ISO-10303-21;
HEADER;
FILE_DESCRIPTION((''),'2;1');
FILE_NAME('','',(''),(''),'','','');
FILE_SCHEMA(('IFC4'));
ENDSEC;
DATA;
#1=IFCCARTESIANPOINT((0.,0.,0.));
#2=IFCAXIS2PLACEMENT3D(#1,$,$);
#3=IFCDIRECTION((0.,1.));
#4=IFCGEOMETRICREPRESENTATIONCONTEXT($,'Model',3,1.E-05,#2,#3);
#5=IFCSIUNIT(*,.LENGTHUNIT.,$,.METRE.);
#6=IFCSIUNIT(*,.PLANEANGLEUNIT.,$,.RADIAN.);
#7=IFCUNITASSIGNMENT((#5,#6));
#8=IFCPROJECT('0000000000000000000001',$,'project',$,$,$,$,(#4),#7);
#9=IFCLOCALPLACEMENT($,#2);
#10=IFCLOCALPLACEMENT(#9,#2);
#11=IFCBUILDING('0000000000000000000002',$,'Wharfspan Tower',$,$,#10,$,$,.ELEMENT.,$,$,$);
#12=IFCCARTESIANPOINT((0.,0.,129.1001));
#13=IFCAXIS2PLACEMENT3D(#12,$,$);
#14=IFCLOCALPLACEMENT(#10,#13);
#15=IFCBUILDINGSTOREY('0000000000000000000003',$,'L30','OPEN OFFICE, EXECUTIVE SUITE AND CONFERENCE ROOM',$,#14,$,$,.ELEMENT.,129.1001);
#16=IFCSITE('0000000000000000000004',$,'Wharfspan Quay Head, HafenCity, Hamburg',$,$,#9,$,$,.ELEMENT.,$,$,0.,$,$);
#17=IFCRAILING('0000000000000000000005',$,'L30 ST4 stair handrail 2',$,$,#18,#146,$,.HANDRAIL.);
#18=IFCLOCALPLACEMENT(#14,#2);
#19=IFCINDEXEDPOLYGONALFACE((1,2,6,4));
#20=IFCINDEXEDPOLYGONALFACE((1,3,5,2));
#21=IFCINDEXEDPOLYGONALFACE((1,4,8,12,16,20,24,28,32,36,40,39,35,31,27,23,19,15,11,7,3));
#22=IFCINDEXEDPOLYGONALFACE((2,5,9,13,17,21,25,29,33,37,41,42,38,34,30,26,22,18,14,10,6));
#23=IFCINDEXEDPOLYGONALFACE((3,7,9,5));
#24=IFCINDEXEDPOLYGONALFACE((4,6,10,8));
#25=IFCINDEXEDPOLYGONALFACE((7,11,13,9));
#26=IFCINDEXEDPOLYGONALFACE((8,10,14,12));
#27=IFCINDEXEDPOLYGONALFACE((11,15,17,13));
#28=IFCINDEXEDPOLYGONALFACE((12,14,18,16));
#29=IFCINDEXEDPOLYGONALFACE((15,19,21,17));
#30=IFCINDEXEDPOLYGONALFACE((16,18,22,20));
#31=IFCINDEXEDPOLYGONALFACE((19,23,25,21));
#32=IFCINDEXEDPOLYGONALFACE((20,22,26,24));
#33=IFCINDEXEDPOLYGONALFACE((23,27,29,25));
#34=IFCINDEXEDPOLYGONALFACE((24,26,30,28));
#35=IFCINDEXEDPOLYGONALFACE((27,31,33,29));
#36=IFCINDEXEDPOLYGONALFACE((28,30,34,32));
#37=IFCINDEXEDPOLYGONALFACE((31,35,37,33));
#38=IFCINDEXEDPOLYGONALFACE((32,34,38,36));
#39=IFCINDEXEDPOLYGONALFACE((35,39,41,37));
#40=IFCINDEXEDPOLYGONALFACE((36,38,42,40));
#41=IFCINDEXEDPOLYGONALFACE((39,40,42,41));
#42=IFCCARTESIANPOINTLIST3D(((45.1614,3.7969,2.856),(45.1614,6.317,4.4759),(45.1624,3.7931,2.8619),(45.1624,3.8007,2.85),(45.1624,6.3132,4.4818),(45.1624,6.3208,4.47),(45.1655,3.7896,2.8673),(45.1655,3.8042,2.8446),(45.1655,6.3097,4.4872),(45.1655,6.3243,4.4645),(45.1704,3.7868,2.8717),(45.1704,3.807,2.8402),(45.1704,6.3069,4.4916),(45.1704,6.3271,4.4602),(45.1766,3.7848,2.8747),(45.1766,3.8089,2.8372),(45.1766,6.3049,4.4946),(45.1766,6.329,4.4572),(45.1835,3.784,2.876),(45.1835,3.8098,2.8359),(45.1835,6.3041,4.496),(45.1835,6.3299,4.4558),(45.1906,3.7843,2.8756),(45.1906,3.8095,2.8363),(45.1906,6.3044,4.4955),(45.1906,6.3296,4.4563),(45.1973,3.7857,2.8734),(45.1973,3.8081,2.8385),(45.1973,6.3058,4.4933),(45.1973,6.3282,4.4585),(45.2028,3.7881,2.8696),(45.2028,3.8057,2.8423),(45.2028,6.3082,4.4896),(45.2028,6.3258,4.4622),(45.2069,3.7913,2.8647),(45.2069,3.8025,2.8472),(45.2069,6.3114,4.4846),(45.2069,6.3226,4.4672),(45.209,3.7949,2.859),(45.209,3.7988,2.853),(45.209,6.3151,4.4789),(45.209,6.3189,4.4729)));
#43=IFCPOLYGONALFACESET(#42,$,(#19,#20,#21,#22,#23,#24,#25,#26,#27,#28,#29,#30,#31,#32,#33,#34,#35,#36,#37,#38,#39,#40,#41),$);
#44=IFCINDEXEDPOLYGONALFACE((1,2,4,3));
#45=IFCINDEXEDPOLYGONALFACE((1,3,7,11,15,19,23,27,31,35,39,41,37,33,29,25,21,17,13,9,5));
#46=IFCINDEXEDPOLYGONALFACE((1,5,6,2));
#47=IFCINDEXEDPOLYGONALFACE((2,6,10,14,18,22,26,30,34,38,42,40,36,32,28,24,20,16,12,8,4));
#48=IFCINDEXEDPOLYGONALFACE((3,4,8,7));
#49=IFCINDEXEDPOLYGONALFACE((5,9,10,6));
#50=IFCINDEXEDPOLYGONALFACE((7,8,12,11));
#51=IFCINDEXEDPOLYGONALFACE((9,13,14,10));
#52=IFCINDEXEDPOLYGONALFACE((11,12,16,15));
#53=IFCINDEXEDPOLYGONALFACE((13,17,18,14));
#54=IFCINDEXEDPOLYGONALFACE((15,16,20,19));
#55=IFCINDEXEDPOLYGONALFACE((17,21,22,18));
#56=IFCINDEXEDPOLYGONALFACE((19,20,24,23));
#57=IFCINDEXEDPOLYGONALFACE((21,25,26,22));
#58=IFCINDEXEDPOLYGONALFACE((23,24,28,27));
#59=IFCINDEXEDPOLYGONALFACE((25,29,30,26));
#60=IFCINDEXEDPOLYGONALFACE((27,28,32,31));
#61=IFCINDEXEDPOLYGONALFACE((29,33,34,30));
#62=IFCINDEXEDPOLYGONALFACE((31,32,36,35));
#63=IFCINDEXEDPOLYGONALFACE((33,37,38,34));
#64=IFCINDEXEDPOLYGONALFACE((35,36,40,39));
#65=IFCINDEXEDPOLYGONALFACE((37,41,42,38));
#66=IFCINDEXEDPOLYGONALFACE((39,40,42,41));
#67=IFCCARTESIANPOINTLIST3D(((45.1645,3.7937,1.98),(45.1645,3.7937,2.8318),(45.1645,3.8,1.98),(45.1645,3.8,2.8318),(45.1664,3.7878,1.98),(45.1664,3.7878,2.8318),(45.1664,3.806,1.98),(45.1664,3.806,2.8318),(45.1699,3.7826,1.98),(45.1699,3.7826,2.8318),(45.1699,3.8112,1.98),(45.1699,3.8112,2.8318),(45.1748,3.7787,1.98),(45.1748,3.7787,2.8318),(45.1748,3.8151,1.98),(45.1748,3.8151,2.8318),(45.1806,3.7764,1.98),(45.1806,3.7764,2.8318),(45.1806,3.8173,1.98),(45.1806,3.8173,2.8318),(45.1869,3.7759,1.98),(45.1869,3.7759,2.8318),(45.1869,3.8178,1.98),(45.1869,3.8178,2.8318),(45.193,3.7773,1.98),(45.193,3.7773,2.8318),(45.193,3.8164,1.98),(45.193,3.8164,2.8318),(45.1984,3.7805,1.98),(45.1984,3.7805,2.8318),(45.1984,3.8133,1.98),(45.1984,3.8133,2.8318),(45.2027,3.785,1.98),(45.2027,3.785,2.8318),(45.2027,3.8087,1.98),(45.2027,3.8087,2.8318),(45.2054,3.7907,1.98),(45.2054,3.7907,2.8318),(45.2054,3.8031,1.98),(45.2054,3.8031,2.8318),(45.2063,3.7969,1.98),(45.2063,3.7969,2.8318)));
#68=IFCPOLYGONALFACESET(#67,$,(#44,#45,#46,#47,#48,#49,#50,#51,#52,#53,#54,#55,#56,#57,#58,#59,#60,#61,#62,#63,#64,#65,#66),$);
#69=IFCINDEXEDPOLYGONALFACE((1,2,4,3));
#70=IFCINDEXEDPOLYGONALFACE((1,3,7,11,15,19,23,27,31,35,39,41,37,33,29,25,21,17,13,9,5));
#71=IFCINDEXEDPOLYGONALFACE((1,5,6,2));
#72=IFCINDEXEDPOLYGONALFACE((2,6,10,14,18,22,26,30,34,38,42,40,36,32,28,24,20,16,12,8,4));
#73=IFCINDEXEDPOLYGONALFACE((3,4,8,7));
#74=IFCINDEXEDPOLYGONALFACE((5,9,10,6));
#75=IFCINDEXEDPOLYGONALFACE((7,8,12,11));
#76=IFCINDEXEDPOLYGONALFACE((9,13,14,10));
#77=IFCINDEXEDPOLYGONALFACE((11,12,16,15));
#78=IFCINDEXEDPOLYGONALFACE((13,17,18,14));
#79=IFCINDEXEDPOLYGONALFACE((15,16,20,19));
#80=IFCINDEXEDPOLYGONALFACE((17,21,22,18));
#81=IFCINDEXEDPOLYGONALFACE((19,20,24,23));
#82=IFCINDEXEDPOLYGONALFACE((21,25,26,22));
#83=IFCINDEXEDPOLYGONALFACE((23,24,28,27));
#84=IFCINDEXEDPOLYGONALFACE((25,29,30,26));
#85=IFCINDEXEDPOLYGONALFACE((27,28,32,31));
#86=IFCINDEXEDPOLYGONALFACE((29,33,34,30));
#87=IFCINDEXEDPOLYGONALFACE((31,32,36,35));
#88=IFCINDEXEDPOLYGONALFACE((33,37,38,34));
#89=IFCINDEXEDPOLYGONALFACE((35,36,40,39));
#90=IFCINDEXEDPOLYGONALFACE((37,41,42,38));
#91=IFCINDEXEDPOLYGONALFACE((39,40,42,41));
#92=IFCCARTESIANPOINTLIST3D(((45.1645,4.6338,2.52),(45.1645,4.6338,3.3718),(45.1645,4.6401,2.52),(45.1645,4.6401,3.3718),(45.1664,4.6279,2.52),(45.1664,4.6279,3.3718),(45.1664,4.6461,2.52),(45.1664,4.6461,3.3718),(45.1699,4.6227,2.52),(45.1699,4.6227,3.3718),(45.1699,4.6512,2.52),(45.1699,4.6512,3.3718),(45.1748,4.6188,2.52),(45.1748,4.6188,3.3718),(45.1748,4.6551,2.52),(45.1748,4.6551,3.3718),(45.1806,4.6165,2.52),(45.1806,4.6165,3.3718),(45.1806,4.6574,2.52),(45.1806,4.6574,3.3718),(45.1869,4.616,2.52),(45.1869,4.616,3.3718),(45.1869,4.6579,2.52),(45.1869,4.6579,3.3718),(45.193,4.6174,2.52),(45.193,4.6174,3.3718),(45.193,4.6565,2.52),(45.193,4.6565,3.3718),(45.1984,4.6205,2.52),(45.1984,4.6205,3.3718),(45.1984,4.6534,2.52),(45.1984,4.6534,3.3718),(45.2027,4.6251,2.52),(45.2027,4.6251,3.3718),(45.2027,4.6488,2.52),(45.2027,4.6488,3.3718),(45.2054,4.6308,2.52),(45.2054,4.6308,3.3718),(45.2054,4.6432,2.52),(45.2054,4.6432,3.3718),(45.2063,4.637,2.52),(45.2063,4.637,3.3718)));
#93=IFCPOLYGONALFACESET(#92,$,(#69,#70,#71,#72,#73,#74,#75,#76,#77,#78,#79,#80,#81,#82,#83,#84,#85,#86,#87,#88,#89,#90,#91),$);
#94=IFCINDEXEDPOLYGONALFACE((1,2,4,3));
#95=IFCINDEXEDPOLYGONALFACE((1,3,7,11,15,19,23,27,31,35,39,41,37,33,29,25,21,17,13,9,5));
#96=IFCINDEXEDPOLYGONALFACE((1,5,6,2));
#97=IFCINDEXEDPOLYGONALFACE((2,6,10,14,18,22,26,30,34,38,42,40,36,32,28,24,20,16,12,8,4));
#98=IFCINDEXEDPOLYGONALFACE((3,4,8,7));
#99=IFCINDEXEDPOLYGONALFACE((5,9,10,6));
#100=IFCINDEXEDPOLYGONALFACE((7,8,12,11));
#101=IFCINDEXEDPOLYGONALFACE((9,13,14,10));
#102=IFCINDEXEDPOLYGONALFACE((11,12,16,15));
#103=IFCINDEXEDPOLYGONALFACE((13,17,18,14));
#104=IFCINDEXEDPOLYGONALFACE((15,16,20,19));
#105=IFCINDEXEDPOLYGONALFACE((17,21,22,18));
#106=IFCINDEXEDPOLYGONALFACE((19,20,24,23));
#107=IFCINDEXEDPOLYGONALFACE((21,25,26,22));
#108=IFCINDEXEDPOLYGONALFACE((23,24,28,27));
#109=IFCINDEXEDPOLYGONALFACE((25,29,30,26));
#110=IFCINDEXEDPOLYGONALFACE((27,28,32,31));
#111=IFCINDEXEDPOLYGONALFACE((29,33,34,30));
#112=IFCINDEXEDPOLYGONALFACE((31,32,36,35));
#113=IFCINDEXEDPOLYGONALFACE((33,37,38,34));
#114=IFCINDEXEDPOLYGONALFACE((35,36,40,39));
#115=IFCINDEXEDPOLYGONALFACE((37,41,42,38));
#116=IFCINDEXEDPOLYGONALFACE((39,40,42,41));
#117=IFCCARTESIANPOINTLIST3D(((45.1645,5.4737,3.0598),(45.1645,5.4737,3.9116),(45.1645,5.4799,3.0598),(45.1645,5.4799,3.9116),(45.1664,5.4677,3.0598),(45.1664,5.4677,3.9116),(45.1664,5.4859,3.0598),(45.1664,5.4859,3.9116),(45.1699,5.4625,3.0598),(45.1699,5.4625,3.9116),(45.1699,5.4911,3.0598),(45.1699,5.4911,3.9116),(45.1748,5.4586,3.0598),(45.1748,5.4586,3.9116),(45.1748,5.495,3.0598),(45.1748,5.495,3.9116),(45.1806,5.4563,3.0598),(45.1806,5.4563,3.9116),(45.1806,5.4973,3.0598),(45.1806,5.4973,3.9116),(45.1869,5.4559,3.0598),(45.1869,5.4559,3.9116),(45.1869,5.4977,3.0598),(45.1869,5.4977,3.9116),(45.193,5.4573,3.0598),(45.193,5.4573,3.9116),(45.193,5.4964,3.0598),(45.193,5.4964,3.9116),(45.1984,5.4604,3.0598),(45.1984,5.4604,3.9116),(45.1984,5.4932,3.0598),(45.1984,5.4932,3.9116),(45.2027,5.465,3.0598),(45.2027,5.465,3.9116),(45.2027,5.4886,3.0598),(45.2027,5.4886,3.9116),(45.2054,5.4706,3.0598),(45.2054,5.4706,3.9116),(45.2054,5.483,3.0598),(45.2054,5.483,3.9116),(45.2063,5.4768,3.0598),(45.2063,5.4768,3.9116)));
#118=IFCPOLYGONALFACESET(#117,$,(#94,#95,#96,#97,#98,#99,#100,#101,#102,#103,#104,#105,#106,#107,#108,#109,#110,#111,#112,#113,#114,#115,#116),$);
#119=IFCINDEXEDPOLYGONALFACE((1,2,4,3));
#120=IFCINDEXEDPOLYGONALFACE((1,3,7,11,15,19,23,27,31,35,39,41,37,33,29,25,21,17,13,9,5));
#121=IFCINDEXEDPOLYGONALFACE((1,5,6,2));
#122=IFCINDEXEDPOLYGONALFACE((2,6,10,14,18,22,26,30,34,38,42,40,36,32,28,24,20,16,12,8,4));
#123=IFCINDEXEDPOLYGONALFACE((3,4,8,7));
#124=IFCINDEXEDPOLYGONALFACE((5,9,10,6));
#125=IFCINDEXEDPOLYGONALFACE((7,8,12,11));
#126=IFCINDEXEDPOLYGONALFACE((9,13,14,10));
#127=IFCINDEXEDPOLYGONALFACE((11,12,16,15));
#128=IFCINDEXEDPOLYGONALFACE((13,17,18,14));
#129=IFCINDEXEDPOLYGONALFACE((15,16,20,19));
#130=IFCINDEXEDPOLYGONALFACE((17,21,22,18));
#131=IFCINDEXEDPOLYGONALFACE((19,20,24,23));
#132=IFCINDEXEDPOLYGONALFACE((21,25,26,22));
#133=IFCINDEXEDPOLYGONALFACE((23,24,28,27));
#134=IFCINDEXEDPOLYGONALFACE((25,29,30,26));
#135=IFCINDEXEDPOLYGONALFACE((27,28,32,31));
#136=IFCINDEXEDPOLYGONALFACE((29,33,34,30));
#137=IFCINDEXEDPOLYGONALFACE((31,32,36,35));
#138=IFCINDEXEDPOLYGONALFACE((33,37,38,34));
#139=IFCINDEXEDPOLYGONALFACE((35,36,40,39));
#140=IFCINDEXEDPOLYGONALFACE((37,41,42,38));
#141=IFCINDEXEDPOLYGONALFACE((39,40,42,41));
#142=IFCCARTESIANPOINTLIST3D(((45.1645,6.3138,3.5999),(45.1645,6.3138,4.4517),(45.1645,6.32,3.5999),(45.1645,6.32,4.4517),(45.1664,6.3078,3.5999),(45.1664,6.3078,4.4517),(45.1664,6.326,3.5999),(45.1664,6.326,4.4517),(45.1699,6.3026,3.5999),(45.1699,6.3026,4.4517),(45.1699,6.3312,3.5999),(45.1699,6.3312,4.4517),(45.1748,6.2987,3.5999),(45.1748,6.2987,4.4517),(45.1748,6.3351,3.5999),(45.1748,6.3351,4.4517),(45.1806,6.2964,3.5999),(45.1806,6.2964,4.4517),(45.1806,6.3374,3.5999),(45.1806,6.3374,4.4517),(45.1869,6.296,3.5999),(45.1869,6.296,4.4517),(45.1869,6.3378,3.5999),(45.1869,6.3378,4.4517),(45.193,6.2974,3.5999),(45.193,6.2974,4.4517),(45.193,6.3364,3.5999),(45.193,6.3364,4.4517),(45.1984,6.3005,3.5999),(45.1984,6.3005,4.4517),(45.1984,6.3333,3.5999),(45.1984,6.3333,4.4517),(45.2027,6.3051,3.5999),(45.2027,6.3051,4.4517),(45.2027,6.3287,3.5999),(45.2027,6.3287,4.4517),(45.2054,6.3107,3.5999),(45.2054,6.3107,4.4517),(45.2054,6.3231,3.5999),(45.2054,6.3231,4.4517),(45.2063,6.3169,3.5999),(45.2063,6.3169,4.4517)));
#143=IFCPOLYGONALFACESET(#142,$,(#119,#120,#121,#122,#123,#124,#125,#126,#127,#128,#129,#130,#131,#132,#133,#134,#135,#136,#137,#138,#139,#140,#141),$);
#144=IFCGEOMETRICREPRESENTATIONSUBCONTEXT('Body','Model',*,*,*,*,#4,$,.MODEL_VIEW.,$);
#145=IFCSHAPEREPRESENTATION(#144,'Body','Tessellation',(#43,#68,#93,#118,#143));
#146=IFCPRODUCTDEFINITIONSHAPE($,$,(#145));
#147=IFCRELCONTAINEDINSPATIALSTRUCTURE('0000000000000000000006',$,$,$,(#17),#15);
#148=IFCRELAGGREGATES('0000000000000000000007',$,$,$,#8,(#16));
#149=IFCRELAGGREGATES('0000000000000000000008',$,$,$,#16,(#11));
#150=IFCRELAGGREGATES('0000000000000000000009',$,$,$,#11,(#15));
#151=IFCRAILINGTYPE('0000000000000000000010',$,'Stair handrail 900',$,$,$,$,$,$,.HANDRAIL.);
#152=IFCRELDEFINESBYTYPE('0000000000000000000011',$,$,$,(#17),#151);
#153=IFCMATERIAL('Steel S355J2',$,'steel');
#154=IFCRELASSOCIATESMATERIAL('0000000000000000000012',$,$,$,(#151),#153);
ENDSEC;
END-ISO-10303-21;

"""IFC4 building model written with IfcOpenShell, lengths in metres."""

from ifc_helpers import new_model, si_unit, direction, frame, origin, origin_2d, place, context, subcontext, project, spatial, circle, extrude, material, type_object, element, save


model = new_model("IFC4")

# Units and contexts
model_context = context("Model", 3, precision=1e-05, world=origin(), true_north=direction((0.0, 1.0)))
body_context = subcontext(model_context, "Body", "Model", "MODEL_VIEW")
ifc_project = project(units=[si_unit("LENGTHUNIT", "METRE"), si_unit("PLANEANGLEUNIT", "RADIAN")], contexts=[model_context])

# Site, building, storey
site_placement = place(None, origin())
site = spatial("IfcSite", under=ifc_project, at=site_placement, Name="Wharfspan Quay Head, HafenCity, Hamburg", CompositionType="ELEMENT", RefElevation=0.0)
building_placement = place(site_placement, origin())
building = spatial("IfcBuilding", under=site, at=building_placement, Name="Wharfspan Tower", CompositionType="ELEMENT")
storey_placement = place(building_placement, frame((0.0, 0.0, 129.1001)))
storey = spatial("IfcBuildingStorey", under=building, at=storey_placement, Name="L30", Description="OPEN OFFICE, EXECUTIVE SUITE AND CONFERENCE ROOM", CompositionType="ELEMENT", Elevation=129.1001)

# Shared definitions
ifc_material_1 = material(Name="Steel S355J2", Category="steel")

# Railing
railing_type_1 = type_object("IfcRailingType", Name="Stair handrail 900", PredefinedType="HANDRAIL", material=ifc_material_1)
railing_1_placement = place(storey_placement, frame((45.1853, 3.7969, 1.98)))
element("IfcRailing", 1, at=railing_1_placement, inside=storey, type_object=railing_type_1, Name="L30 ST4 stair handrail 2", PredefinedType="HANDRAIL", context=body_context, shape_type="SweptSolid", body=[
    extrude(circle(Radius=0.0239, at=origin_2d()), frame((0.0, 0.0, 0.876), z_axis=(0.0, 0.8412, 0.540725), x_axis=(-1.0, 0.0, 0.0)), (0.0, 0.0, 1.0), 2.9958),
    extrude(circle(Radius=0.021, at=origin_2d()), origin(), (0.0, 0.0, 1.0), 0.8518),
    extrude(circle(Radius=0.021, at=origin_2d()), frame((0.0, 0.8401, 0.54)), (0.0, 0.0, 1.0), 0.8518),
    extrude(circle(Radius=0.021, at=origin_2d()), frame((0.0, 1.6799, 1.0798)), (0.0, 0.0, 1.0), 0.8518),
    extrude(circle(Radius=0.021, at=origin_2d()), frame((0.0, 2.52, 1.6199)), (0.0, 0.0, 1.0), 0.8518),
])

save(model, "model.ifc")
